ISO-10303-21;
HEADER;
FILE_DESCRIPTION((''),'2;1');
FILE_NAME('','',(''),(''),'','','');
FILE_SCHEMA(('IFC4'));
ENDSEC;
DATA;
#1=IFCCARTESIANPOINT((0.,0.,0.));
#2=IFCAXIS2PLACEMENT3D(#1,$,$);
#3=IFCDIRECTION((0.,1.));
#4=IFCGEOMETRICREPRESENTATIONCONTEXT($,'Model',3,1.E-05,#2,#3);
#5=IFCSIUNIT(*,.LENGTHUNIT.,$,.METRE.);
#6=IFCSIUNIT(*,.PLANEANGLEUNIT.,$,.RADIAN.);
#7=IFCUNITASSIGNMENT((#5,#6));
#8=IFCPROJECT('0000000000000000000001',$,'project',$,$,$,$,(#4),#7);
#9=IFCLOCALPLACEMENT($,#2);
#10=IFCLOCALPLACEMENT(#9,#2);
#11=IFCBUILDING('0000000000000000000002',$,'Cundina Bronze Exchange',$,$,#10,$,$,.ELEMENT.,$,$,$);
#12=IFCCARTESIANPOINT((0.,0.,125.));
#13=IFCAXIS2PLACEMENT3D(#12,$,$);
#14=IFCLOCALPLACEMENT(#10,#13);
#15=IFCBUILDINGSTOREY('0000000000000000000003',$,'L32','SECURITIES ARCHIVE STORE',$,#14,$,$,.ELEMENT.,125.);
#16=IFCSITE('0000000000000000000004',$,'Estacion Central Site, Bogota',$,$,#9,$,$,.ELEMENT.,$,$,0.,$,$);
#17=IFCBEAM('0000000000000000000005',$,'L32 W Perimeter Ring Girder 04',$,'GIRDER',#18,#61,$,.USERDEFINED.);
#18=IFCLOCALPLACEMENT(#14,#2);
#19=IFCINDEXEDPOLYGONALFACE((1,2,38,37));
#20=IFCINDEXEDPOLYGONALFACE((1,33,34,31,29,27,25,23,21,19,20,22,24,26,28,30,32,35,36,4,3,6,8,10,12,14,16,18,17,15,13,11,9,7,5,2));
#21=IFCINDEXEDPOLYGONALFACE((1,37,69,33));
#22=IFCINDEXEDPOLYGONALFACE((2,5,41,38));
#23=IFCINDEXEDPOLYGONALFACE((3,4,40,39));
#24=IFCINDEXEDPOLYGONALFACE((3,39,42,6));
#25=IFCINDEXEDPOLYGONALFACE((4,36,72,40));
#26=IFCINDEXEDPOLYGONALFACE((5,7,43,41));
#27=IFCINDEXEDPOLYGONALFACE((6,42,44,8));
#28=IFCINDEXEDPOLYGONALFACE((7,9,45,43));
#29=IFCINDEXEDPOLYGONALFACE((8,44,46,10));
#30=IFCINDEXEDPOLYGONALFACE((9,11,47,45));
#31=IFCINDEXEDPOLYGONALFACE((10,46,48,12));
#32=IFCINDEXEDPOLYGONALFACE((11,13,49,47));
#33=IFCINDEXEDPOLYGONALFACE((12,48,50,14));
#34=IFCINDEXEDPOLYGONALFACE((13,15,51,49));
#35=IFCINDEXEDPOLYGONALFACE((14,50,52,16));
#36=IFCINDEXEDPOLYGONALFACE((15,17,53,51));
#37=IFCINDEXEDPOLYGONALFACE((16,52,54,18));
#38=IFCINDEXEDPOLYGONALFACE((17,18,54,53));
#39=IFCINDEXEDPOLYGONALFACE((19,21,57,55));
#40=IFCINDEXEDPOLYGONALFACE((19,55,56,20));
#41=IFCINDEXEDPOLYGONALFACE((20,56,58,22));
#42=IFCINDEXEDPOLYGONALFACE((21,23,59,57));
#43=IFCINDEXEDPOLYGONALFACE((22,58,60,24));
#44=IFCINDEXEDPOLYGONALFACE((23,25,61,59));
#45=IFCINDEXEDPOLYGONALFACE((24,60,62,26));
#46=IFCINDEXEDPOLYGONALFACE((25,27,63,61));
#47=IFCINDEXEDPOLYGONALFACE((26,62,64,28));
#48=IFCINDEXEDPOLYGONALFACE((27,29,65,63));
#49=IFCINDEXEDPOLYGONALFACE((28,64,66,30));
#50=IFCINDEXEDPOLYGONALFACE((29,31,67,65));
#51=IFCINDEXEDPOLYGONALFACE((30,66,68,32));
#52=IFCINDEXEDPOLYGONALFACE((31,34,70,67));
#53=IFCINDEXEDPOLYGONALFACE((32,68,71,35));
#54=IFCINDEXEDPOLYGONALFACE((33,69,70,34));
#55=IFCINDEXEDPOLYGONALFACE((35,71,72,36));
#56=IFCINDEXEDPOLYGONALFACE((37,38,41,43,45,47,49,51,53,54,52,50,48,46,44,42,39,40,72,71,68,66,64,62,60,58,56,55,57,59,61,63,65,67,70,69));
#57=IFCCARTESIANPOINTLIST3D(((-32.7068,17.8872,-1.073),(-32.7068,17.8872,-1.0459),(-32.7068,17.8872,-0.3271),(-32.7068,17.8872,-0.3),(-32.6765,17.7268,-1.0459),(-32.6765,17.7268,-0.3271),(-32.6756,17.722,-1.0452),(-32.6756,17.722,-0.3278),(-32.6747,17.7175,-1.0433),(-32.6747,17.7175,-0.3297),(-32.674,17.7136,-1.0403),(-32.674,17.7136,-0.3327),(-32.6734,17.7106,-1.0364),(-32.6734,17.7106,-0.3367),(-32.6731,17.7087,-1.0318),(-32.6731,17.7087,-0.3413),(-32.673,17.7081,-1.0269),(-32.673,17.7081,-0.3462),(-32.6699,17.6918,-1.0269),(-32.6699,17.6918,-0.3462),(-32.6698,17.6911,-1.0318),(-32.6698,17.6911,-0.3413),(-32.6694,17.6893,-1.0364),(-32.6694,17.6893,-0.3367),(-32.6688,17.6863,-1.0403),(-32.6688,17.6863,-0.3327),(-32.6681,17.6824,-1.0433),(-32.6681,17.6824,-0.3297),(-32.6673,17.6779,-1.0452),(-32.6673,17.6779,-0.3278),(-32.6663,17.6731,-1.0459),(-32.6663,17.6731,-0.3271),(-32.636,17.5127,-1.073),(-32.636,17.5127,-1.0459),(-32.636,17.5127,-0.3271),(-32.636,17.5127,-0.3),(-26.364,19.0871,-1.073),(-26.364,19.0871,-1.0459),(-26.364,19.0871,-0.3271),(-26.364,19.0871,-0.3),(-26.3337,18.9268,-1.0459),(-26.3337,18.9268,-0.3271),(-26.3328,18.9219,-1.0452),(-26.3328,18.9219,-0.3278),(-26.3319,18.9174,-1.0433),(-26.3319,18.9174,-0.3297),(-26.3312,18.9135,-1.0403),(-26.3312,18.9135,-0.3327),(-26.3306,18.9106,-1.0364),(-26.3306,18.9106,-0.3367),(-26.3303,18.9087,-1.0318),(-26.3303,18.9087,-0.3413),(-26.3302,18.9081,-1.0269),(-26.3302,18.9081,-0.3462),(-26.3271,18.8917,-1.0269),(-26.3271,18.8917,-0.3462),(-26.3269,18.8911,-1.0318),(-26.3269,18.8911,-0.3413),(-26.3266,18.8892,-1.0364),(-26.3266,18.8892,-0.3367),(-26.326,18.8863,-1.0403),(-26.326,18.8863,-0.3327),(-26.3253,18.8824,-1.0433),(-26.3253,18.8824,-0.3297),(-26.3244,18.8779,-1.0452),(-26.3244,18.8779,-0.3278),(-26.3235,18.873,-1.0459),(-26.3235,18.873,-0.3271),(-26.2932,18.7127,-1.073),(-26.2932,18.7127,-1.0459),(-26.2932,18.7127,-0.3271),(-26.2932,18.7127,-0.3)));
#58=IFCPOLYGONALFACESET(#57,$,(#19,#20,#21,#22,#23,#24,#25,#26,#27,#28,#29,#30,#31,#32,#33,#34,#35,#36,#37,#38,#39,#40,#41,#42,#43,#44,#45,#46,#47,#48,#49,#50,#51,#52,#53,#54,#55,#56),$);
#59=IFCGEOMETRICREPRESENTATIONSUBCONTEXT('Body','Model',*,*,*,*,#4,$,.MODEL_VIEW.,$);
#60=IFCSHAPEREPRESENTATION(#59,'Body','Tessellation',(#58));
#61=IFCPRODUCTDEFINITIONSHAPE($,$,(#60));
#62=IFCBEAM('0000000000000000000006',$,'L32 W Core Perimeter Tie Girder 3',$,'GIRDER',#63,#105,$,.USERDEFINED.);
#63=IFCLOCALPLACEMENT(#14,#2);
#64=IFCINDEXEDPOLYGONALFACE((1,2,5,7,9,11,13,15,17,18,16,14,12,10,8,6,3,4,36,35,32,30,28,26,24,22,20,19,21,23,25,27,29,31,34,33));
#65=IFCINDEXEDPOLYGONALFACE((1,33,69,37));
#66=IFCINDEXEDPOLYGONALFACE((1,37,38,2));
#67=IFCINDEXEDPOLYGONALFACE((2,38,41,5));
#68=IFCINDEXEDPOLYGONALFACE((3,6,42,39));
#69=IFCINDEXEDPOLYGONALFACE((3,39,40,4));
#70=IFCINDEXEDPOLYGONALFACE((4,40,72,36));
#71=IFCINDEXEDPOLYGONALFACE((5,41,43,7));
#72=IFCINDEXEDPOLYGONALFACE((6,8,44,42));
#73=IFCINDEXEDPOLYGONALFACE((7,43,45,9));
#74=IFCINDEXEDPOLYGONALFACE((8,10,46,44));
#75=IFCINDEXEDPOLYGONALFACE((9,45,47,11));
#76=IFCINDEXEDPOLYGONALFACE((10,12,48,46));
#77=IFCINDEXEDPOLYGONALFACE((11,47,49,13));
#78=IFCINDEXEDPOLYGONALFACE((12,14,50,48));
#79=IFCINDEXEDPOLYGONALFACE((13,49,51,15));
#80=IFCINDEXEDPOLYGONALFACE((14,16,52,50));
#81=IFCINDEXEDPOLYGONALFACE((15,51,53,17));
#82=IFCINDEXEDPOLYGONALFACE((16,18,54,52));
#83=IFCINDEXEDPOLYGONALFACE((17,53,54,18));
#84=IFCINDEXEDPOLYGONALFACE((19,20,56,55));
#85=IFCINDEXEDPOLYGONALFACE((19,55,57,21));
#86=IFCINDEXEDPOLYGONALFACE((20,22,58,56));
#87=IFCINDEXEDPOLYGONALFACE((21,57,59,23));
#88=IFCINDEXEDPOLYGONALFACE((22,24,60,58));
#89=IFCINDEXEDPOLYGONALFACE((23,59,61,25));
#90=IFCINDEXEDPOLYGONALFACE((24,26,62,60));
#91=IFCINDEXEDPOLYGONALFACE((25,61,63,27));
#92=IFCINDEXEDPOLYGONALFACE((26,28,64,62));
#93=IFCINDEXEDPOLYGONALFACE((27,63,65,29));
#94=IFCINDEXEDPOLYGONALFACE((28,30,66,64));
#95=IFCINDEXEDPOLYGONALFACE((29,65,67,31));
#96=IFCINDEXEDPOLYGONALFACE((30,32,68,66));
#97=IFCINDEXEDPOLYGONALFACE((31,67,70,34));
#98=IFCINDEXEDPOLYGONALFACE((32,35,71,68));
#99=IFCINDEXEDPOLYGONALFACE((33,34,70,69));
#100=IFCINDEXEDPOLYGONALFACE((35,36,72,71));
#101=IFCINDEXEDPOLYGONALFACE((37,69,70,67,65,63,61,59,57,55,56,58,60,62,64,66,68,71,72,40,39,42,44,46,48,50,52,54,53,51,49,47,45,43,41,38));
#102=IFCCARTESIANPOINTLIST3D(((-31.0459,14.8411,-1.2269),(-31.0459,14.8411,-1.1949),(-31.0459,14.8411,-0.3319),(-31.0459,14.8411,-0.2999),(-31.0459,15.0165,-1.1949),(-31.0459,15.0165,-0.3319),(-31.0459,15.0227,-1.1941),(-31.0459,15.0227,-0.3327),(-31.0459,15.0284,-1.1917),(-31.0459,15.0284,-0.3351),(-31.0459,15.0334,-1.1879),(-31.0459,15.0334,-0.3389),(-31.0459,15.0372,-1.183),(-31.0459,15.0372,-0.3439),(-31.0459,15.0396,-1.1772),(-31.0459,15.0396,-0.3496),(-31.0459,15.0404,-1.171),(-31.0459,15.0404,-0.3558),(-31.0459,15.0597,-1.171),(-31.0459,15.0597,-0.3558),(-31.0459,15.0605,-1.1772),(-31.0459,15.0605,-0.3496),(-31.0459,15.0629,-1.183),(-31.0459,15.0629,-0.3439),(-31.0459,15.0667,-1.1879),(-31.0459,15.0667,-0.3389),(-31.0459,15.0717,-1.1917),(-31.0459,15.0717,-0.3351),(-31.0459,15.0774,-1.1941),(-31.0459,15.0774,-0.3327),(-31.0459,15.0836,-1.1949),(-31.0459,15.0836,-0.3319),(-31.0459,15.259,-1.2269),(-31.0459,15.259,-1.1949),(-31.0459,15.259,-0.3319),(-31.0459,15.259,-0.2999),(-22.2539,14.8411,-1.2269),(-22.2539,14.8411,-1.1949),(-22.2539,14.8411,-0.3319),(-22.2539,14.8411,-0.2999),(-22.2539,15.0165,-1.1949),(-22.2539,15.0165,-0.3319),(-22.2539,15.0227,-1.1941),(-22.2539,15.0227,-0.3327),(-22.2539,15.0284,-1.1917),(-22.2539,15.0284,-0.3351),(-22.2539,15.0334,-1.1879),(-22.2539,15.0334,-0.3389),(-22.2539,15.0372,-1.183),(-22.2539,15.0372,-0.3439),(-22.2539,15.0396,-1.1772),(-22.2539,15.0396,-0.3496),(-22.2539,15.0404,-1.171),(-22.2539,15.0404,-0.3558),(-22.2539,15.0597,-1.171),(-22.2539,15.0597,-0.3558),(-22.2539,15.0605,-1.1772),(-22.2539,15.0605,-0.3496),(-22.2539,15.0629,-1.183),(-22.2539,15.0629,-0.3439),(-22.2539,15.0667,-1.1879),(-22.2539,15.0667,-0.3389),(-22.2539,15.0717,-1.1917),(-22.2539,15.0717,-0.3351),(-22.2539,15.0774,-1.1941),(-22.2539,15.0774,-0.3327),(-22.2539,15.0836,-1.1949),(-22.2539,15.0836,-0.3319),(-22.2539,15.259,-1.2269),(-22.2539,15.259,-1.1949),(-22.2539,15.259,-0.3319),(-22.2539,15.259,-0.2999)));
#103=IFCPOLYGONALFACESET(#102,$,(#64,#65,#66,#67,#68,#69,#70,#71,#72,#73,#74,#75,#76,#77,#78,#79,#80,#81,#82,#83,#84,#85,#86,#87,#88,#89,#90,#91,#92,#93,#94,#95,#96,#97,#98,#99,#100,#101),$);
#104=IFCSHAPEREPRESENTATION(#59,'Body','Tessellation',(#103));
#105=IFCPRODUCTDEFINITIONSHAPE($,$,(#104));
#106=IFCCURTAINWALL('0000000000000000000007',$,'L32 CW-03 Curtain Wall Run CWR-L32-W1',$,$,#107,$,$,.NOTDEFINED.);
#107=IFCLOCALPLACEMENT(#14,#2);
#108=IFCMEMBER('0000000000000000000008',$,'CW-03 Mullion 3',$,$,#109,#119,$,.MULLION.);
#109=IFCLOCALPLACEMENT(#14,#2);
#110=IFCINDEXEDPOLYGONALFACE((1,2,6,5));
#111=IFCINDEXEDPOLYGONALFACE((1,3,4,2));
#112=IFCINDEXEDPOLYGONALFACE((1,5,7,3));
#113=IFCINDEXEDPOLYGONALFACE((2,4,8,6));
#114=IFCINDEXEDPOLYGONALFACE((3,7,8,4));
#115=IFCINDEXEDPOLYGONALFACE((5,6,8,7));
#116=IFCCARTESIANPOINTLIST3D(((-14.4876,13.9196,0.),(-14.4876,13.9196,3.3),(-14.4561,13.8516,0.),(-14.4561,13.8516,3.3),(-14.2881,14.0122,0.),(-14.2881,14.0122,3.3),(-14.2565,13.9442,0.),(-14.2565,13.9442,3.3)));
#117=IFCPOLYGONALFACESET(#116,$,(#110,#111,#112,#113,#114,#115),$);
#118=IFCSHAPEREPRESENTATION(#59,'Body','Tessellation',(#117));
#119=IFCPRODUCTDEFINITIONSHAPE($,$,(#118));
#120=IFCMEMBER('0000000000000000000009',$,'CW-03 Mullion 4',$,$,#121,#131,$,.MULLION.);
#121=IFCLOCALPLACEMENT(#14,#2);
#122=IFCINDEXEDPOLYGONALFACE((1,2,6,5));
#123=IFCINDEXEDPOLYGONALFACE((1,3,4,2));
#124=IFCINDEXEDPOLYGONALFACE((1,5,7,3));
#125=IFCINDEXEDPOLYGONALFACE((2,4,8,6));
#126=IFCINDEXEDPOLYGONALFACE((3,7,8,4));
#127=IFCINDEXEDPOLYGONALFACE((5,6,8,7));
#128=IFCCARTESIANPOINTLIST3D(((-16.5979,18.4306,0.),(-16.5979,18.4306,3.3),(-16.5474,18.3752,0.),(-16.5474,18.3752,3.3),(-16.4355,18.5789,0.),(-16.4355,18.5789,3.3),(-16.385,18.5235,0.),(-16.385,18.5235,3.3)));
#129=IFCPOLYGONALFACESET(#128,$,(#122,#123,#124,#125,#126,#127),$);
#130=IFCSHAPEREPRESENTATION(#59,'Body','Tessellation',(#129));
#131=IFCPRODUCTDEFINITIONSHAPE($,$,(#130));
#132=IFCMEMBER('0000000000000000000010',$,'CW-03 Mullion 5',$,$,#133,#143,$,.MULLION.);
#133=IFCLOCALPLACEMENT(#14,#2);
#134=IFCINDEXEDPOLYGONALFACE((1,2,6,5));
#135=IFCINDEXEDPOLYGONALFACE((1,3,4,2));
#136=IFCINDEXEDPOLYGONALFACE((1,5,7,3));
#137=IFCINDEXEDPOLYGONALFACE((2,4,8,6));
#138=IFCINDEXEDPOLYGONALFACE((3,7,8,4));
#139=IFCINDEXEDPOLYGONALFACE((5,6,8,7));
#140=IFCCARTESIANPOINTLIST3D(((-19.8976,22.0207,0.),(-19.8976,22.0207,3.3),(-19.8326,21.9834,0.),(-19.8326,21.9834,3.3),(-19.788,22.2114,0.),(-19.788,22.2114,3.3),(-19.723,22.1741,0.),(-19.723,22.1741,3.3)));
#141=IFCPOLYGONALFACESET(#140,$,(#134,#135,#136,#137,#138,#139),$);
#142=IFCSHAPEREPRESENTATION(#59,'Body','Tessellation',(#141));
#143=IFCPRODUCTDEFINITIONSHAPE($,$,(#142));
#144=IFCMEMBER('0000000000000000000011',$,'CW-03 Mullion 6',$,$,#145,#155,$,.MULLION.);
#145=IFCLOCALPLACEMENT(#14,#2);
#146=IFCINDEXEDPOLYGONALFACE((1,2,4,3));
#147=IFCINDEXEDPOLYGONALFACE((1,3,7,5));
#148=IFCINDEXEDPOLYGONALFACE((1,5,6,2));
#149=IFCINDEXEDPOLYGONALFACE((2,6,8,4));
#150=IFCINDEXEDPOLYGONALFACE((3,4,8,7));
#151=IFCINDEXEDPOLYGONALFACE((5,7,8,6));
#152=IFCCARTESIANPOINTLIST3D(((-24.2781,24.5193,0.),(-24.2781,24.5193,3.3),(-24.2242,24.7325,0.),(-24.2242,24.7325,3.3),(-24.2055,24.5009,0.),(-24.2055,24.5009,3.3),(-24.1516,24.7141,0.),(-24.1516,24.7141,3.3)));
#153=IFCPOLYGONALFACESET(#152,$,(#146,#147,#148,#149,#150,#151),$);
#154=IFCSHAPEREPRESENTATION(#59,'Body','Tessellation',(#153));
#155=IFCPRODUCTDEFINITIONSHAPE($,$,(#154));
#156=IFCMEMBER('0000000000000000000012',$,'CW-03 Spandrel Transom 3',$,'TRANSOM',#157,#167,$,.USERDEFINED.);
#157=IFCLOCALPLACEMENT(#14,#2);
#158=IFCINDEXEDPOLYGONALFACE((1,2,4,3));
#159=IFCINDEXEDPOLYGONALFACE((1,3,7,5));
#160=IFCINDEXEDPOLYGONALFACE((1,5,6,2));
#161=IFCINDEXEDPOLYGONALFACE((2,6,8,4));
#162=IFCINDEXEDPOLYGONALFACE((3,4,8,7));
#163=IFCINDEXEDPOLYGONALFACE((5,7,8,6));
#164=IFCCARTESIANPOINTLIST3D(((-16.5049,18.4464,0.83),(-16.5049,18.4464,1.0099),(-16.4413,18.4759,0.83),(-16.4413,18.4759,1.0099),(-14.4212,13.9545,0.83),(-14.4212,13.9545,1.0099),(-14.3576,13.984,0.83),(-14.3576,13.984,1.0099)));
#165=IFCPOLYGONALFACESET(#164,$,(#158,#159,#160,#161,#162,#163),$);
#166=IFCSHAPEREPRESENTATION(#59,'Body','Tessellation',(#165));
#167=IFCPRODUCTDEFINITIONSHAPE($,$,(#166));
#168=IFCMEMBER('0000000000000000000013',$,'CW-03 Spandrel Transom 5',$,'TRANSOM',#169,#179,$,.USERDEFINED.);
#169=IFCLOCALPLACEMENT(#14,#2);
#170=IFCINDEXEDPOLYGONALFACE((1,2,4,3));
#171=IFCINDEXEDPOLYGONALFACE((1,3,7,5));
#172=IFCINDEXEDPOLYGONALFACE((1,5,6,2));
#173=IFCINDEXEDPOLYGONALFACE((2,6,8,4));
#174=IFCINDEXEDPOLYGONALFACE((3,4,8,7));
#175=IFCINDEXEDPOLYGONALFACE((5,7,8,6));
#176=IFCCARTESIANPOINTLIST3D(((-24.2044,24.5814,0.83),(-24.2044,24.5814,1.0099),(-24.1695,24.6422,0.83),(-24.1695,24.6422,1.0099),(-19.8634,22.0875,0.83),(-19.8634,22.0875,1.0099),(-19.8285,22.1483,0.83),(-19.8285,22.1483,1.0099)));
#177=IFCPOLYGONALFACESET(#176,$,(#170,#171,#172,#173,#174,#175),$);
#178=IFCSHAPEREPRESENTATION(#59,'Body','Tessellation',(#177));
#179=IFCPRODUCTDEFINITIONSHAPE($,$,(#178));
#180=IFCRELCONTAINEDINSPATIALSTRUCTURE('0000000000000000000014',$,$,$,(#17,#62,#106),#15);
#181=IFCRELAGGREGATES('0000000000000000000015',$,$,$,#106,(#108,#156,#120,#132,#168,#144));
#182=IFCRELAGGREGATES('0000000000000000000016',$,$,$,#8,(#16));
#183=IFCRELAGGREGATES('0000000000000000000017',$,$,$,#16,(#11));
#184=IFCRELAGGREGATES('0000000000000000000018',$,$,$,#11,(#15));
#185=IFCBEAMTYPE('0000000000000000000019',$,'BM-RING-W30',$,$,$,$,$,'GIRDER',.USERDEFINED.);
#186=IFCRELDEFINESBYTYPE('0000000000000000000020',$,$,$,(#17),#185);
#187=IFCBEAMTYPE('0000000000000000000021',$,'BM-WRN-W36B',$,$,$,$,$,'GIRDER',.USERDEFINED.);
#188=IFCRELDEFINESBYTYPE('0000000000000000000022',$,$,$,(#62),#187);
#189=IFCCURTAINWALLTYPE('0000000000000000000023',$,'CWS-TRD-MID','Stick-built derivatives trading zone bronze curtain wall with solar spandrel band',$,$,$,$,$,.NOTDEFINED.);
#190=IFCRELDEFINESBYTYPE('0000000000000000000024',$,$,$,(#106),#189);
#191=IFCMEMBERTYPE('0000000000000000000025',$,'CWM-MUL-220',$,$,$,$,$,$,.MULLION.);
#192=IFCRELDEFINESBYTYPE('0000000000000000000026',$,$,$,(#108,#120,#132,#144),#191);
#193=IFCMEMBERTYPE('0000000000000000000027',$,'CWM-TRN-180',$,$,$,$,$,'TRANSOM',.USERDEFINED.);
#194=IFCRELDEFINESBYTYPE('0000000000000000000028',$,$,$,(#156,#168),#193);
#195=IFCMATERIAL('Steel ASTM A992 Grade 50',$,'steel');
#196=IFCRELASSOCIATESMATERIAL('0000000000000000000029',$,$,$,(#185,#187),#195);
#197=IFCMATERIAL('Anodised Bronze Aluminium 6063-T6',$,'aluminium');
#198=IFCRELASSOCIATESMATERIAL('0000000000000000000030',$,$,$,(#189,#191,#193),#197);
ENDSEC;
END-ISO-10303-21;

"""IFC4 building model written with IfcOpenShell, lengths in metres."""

from ifc_helpers import new_model, si_unit, direction, frame, origin, origin_2d, place, context, subcontext, project, spatial, rectangle, i_section, extrude, material, material_profile, profile_set, type_object, element, aggregate, save


model = new_model("IFC4")

# Units and contexts
model_context = context("Model", 3, precision=1e-05, world=origin(), true_north=direction((0.0, 1.0)))
body_context = subcontext(model_context, "Body", "Model", "MODEL_VIEW")
ifc_project = project(units=[si_unit("LENGTHUNIT", "METRE"), si_unit("PLANEANGLEUNIT", "RADIAN")], contexts=[model_context])

# Site, building, storey
site_placement = place(None, origin())
site = spatial("IfcSite", under=ifc_project, at=site_placement, Name="Estacion Central Site, Bogota", CompositionType="ELEMENT", RefElevation=0.0)
building_placement = place(site_placement, origin())
building = spatial("IfcBuilding", under=site, at=building_placement, Name="Cundina Bronze Exchange", CompositionType="ELEMENT")
storey_placement = place(building_placement, frame((0.0, 0.0, 125.0)))
storey = spatial("IfcBuildingStorey", under=building, at=storey_placement, Name="L32", Description="SECURITIES ARCHIVE STORE", CompositionType="ELEMENT", Elevation=125.0)

# Shared definitions
ifc_material_1 = material(Name="Steel ASTM A992 Grade 50", Category="steel")

# Beams
ifc_material_profile_1 = material_profile(ifc_material_1, i_section(OverallWidth=0.3811, OverallDepth=0.7729, WebThickness=0.0166, FlangeThickness=0.0271, FilletRadius=0.019, at=origin_2d()), Name="W30X173", Category="steel")
ifc_profile_set_1 = profile_set([ifc_material_profile_1], Name="Steel ASTM A992 Grade 50")
beam_type_1 = type_object("IfcBeamType", Name="BM-RING-W30", ElementType="GIRDER", PredefinedType="USERDEFINED", material=ifc_profile_set_1)
beam_1_placement = place(storey_placement, frame((-26.3286, 18.8999, -0.6865), z_axis=(-0.982571, -0.185887, 0.0), x_axis=(0.185887, -0.982571, 0.0)))
element("IfcBeam", 1, at=beam_1_placement, inside=storey, type_object=beam_type_1, Name="L32 W Perimeter Ring Girder 04", ObjectType="GIRDER", PredefinedType="USERDEFINED", context=body_context, shape_type="SweptSolid", body=[
    extrude(i_section(OverallWidth=0.3811, OverallDepth=0.7729, WebThickness=0.0166, FlangeThickness=0.0271, FilletRadius=0.019, at=origin_2d()), origin(), (0.0, 0.0, 1.0), 6.4553),
])
ifc_material_profile_2 = material_profile(ifc_material_1, i_section(OverallWidth=0.418, OverallDepth=0.927, WebThickness=0.0193, FlangeThickness=0.032, FilletRadius=0.0239, at=origin_2d()), Name="W36X231", Category="steel")
ifc_profile_set_2 = profile_set([ifc_material_profile_2], Name="Steel ASTM A992 Grade 50")
beam_type_2 = type_object("IfcBeamType", Name="BM-WRN-W36B", ElementType="GIRDER", PredefinedType="USERDEFINED", material=ifc_profile_set_2)
beam_2_placement = place(storey_placement, frame((-22.2539, 15.05, -0.7634), z_axis=(-1.0, 0.0, 0.0), x_axis=(0.0, -1.0, 0.0)))
element("IfcBeam", 2, at=beam_2_placement, inside=storey, type_object=beam_type_2, Name="L32 W Core Perimeter Tie Girder 3", ObjectType="GIRDER", PredefinedType="USERDEFINED", context=body_context, shape_type="SweptSolid", body=[
    extrude(i_section(OverallWidth=0.418, OverallDepth=0.927, WebThickness=0.0193, FlangeThickness=0.032, FilletRadius=0.0239, at=origin_2d()), origin(), (0.0, 0.0, 1.0), 8.792),
])

# Curtain wall, members
ifc_material_2 = material(Name="Anodised Bronze Aluminium 6063-T6", Category="aluminium")
curtain_wall_type = type_object("IfcCurtainWallType", Name="CWS-TRD-MID", Description="Stick-built derivatives trading zone bronze curtain wall with solar spandrel band", PredefinedType="NOTDEFINED", material=ifc_material_2)
curtain_wall_placement = place(storey_placement, origin())
curtain_wall = element("IfcCurtainWall", 3, at=curtain_wall_placement, inside=storey, type_object=curtain_wall_type, Name="L32 CW-03 Curtain Wall Run CWR-L32-W1", PredefinedType="NOTDEFINED")
ifc_material_profile_3 = material_profile(ifc_material_2, rectangle(XDim=0.075, YDim=0.22, at=origin_2d()), Name="AL75X220", Category="aluminium")
ifc_profile_set_3 = profile_set([ifc_material_profile_3], Name="Anodised Bronze Aluminium 6063-T6")
member_type_1 = type_object("IfcMemberType", Name="CWM-MUL-220", PredefinedType="MULLION", material=ifc_profile_set_3)
member_1_placement = place(storey_placement, frame((-14.3721, 13.9319, 0.0), z_axis=(0.0, 0.0, 1.0), x_axis=(-0.420877, 0.907117, 0.0)))
member_1 = element("IfcMember", 4, at=member_1_placement, type_object=member_type_1, Name="CW-03 Mullion 3", PredefinedType="MULLION", context=body_context, shape_type="SweptSolid", body=[
    extrude(rectangle(XDim=0.075, YDim=0.22, at=origin_2d()), origin(), (0.0, 0.0, 1.0), 3.3),
])
member_2_placement = place(storey_placement, frame((-16.4915, 18.4771, 0.0), z_axis=(0.0, 0.0, 1.0), x_axis=(-0.674302, 0.738455, 0.0)))
member_2 = element("IfcMember", 5, at=member_2_placement, type_object=member_type_1, Name="CW-03 Mullion 4", PredefinedType="MULLION", context=body_context, shape_type="SweptSolid", body=[
    extrude(rectangle(XDim=0.075, YDim=0.22, at=origin_2d()), origin(), (0.0, 0.0, 1.0), 3.3),
])
member_3_placement = place(storey_placement, frame((-19.8103, 22.0974, 0.0), z_axis=(0.0, 0.0, 1.0), x_axis=(-0.867071, 0.498185, 0.0)))
member_3 = element("IfcMember", 6, at=member_3_placement, type_object=member_type_1, Name="CW-03 Mullion 5", PredefinedType="MULLION", context=body_context, shape_type="SweptSolid", body=[
    extrude(rectangle(XDim=0.075, YDim=0.22, at=origin_2d()), origin(), (0.0, 0.0, 1.0), 3.3),
])
member_4_placement = place(storey_placement, frame((-24.2148, 24.6167, 0.0), z_axis=(0.0, 0.0, 1.0), x_axis=(-0.969488, 0.245138, 0.0)))
member_4 = element("IfcMember", 7, at=member_4_placement, type_object=member_type_1, Name="CW-03 Mullion 6", PredefinedType="MULLION", context=body_context, shape_type="SweptSolid", body=[
    extrude(rectangle(XDim=0.075, YDim=0.22, at=origin_2d()), origin(), (0.0, 0.0, 1.0), 3.3),
])
ifc_material_profile_4 = material_profile(ifc_material_2, rectangle(XDim=0.0701, YDim=0.1799, at=origin_2d()), Name="AL70X180", Category="aluminium")
ifc_profile_set_4 = profile_set([ifc_material_profile_4], Name="Anodised Bronze Aluminium 6063-T6")
member_type_2 = type_object("IfcMemberType", Name="CWM-TRN-180", ElementType="TRANSOM", PredefinedType="USERDEFINED", material=ifc_profile_set_4)
member_5_placement = place(storey_placement, frame((-14.3894, 13.9692, 0.9199), z_axis=(-0.420811, 0.907148, 0.0), x_axis=(-0.907148, -0.420811, 0.0)))
member_5 = element("IfcMember", 8, at=member_5_placement, type_object=member_type_2, Name="CW-03 Spandrel Transom 3", ObjectType="TRANSOM", PredefinedType="USERDEFINED", context=body_context, shape_type="SweptSolid", body=[
    extrude(rectangle(XDim=0.0701, YDim=0.1799, at=origin_2d()), origin(), (0.0, 0.0, 1.0), 4.9517),
])
member_6_placement = place(storey_placement, frame((-19.8459, 22.1179, 0.9199), z_axis=(-0.867097, 0.498139, 0.0), x_axis=(-0.498139, -0.867097, 0.0)))
member_6 = element("IfcMember", 9, at=member_6_placement, type_object=member_type_2, Name="CW-03 Spandrel Transom 5", ObjectType="TRANSOM", PredefinedType="USERDEFINED", context=body_context, shape_type="SweptSolid", body=[
    extrude(rectangle(XDim=0.0701, YDim=0.1799, at=origin_2d()), origin(), (0.0, 0.0, 1.0), 5.0063),
])
aggregate(curtain_wall, [member_1, member_5, member_2, member_3, member_6, member_4])

save(model, "model.ifc")
